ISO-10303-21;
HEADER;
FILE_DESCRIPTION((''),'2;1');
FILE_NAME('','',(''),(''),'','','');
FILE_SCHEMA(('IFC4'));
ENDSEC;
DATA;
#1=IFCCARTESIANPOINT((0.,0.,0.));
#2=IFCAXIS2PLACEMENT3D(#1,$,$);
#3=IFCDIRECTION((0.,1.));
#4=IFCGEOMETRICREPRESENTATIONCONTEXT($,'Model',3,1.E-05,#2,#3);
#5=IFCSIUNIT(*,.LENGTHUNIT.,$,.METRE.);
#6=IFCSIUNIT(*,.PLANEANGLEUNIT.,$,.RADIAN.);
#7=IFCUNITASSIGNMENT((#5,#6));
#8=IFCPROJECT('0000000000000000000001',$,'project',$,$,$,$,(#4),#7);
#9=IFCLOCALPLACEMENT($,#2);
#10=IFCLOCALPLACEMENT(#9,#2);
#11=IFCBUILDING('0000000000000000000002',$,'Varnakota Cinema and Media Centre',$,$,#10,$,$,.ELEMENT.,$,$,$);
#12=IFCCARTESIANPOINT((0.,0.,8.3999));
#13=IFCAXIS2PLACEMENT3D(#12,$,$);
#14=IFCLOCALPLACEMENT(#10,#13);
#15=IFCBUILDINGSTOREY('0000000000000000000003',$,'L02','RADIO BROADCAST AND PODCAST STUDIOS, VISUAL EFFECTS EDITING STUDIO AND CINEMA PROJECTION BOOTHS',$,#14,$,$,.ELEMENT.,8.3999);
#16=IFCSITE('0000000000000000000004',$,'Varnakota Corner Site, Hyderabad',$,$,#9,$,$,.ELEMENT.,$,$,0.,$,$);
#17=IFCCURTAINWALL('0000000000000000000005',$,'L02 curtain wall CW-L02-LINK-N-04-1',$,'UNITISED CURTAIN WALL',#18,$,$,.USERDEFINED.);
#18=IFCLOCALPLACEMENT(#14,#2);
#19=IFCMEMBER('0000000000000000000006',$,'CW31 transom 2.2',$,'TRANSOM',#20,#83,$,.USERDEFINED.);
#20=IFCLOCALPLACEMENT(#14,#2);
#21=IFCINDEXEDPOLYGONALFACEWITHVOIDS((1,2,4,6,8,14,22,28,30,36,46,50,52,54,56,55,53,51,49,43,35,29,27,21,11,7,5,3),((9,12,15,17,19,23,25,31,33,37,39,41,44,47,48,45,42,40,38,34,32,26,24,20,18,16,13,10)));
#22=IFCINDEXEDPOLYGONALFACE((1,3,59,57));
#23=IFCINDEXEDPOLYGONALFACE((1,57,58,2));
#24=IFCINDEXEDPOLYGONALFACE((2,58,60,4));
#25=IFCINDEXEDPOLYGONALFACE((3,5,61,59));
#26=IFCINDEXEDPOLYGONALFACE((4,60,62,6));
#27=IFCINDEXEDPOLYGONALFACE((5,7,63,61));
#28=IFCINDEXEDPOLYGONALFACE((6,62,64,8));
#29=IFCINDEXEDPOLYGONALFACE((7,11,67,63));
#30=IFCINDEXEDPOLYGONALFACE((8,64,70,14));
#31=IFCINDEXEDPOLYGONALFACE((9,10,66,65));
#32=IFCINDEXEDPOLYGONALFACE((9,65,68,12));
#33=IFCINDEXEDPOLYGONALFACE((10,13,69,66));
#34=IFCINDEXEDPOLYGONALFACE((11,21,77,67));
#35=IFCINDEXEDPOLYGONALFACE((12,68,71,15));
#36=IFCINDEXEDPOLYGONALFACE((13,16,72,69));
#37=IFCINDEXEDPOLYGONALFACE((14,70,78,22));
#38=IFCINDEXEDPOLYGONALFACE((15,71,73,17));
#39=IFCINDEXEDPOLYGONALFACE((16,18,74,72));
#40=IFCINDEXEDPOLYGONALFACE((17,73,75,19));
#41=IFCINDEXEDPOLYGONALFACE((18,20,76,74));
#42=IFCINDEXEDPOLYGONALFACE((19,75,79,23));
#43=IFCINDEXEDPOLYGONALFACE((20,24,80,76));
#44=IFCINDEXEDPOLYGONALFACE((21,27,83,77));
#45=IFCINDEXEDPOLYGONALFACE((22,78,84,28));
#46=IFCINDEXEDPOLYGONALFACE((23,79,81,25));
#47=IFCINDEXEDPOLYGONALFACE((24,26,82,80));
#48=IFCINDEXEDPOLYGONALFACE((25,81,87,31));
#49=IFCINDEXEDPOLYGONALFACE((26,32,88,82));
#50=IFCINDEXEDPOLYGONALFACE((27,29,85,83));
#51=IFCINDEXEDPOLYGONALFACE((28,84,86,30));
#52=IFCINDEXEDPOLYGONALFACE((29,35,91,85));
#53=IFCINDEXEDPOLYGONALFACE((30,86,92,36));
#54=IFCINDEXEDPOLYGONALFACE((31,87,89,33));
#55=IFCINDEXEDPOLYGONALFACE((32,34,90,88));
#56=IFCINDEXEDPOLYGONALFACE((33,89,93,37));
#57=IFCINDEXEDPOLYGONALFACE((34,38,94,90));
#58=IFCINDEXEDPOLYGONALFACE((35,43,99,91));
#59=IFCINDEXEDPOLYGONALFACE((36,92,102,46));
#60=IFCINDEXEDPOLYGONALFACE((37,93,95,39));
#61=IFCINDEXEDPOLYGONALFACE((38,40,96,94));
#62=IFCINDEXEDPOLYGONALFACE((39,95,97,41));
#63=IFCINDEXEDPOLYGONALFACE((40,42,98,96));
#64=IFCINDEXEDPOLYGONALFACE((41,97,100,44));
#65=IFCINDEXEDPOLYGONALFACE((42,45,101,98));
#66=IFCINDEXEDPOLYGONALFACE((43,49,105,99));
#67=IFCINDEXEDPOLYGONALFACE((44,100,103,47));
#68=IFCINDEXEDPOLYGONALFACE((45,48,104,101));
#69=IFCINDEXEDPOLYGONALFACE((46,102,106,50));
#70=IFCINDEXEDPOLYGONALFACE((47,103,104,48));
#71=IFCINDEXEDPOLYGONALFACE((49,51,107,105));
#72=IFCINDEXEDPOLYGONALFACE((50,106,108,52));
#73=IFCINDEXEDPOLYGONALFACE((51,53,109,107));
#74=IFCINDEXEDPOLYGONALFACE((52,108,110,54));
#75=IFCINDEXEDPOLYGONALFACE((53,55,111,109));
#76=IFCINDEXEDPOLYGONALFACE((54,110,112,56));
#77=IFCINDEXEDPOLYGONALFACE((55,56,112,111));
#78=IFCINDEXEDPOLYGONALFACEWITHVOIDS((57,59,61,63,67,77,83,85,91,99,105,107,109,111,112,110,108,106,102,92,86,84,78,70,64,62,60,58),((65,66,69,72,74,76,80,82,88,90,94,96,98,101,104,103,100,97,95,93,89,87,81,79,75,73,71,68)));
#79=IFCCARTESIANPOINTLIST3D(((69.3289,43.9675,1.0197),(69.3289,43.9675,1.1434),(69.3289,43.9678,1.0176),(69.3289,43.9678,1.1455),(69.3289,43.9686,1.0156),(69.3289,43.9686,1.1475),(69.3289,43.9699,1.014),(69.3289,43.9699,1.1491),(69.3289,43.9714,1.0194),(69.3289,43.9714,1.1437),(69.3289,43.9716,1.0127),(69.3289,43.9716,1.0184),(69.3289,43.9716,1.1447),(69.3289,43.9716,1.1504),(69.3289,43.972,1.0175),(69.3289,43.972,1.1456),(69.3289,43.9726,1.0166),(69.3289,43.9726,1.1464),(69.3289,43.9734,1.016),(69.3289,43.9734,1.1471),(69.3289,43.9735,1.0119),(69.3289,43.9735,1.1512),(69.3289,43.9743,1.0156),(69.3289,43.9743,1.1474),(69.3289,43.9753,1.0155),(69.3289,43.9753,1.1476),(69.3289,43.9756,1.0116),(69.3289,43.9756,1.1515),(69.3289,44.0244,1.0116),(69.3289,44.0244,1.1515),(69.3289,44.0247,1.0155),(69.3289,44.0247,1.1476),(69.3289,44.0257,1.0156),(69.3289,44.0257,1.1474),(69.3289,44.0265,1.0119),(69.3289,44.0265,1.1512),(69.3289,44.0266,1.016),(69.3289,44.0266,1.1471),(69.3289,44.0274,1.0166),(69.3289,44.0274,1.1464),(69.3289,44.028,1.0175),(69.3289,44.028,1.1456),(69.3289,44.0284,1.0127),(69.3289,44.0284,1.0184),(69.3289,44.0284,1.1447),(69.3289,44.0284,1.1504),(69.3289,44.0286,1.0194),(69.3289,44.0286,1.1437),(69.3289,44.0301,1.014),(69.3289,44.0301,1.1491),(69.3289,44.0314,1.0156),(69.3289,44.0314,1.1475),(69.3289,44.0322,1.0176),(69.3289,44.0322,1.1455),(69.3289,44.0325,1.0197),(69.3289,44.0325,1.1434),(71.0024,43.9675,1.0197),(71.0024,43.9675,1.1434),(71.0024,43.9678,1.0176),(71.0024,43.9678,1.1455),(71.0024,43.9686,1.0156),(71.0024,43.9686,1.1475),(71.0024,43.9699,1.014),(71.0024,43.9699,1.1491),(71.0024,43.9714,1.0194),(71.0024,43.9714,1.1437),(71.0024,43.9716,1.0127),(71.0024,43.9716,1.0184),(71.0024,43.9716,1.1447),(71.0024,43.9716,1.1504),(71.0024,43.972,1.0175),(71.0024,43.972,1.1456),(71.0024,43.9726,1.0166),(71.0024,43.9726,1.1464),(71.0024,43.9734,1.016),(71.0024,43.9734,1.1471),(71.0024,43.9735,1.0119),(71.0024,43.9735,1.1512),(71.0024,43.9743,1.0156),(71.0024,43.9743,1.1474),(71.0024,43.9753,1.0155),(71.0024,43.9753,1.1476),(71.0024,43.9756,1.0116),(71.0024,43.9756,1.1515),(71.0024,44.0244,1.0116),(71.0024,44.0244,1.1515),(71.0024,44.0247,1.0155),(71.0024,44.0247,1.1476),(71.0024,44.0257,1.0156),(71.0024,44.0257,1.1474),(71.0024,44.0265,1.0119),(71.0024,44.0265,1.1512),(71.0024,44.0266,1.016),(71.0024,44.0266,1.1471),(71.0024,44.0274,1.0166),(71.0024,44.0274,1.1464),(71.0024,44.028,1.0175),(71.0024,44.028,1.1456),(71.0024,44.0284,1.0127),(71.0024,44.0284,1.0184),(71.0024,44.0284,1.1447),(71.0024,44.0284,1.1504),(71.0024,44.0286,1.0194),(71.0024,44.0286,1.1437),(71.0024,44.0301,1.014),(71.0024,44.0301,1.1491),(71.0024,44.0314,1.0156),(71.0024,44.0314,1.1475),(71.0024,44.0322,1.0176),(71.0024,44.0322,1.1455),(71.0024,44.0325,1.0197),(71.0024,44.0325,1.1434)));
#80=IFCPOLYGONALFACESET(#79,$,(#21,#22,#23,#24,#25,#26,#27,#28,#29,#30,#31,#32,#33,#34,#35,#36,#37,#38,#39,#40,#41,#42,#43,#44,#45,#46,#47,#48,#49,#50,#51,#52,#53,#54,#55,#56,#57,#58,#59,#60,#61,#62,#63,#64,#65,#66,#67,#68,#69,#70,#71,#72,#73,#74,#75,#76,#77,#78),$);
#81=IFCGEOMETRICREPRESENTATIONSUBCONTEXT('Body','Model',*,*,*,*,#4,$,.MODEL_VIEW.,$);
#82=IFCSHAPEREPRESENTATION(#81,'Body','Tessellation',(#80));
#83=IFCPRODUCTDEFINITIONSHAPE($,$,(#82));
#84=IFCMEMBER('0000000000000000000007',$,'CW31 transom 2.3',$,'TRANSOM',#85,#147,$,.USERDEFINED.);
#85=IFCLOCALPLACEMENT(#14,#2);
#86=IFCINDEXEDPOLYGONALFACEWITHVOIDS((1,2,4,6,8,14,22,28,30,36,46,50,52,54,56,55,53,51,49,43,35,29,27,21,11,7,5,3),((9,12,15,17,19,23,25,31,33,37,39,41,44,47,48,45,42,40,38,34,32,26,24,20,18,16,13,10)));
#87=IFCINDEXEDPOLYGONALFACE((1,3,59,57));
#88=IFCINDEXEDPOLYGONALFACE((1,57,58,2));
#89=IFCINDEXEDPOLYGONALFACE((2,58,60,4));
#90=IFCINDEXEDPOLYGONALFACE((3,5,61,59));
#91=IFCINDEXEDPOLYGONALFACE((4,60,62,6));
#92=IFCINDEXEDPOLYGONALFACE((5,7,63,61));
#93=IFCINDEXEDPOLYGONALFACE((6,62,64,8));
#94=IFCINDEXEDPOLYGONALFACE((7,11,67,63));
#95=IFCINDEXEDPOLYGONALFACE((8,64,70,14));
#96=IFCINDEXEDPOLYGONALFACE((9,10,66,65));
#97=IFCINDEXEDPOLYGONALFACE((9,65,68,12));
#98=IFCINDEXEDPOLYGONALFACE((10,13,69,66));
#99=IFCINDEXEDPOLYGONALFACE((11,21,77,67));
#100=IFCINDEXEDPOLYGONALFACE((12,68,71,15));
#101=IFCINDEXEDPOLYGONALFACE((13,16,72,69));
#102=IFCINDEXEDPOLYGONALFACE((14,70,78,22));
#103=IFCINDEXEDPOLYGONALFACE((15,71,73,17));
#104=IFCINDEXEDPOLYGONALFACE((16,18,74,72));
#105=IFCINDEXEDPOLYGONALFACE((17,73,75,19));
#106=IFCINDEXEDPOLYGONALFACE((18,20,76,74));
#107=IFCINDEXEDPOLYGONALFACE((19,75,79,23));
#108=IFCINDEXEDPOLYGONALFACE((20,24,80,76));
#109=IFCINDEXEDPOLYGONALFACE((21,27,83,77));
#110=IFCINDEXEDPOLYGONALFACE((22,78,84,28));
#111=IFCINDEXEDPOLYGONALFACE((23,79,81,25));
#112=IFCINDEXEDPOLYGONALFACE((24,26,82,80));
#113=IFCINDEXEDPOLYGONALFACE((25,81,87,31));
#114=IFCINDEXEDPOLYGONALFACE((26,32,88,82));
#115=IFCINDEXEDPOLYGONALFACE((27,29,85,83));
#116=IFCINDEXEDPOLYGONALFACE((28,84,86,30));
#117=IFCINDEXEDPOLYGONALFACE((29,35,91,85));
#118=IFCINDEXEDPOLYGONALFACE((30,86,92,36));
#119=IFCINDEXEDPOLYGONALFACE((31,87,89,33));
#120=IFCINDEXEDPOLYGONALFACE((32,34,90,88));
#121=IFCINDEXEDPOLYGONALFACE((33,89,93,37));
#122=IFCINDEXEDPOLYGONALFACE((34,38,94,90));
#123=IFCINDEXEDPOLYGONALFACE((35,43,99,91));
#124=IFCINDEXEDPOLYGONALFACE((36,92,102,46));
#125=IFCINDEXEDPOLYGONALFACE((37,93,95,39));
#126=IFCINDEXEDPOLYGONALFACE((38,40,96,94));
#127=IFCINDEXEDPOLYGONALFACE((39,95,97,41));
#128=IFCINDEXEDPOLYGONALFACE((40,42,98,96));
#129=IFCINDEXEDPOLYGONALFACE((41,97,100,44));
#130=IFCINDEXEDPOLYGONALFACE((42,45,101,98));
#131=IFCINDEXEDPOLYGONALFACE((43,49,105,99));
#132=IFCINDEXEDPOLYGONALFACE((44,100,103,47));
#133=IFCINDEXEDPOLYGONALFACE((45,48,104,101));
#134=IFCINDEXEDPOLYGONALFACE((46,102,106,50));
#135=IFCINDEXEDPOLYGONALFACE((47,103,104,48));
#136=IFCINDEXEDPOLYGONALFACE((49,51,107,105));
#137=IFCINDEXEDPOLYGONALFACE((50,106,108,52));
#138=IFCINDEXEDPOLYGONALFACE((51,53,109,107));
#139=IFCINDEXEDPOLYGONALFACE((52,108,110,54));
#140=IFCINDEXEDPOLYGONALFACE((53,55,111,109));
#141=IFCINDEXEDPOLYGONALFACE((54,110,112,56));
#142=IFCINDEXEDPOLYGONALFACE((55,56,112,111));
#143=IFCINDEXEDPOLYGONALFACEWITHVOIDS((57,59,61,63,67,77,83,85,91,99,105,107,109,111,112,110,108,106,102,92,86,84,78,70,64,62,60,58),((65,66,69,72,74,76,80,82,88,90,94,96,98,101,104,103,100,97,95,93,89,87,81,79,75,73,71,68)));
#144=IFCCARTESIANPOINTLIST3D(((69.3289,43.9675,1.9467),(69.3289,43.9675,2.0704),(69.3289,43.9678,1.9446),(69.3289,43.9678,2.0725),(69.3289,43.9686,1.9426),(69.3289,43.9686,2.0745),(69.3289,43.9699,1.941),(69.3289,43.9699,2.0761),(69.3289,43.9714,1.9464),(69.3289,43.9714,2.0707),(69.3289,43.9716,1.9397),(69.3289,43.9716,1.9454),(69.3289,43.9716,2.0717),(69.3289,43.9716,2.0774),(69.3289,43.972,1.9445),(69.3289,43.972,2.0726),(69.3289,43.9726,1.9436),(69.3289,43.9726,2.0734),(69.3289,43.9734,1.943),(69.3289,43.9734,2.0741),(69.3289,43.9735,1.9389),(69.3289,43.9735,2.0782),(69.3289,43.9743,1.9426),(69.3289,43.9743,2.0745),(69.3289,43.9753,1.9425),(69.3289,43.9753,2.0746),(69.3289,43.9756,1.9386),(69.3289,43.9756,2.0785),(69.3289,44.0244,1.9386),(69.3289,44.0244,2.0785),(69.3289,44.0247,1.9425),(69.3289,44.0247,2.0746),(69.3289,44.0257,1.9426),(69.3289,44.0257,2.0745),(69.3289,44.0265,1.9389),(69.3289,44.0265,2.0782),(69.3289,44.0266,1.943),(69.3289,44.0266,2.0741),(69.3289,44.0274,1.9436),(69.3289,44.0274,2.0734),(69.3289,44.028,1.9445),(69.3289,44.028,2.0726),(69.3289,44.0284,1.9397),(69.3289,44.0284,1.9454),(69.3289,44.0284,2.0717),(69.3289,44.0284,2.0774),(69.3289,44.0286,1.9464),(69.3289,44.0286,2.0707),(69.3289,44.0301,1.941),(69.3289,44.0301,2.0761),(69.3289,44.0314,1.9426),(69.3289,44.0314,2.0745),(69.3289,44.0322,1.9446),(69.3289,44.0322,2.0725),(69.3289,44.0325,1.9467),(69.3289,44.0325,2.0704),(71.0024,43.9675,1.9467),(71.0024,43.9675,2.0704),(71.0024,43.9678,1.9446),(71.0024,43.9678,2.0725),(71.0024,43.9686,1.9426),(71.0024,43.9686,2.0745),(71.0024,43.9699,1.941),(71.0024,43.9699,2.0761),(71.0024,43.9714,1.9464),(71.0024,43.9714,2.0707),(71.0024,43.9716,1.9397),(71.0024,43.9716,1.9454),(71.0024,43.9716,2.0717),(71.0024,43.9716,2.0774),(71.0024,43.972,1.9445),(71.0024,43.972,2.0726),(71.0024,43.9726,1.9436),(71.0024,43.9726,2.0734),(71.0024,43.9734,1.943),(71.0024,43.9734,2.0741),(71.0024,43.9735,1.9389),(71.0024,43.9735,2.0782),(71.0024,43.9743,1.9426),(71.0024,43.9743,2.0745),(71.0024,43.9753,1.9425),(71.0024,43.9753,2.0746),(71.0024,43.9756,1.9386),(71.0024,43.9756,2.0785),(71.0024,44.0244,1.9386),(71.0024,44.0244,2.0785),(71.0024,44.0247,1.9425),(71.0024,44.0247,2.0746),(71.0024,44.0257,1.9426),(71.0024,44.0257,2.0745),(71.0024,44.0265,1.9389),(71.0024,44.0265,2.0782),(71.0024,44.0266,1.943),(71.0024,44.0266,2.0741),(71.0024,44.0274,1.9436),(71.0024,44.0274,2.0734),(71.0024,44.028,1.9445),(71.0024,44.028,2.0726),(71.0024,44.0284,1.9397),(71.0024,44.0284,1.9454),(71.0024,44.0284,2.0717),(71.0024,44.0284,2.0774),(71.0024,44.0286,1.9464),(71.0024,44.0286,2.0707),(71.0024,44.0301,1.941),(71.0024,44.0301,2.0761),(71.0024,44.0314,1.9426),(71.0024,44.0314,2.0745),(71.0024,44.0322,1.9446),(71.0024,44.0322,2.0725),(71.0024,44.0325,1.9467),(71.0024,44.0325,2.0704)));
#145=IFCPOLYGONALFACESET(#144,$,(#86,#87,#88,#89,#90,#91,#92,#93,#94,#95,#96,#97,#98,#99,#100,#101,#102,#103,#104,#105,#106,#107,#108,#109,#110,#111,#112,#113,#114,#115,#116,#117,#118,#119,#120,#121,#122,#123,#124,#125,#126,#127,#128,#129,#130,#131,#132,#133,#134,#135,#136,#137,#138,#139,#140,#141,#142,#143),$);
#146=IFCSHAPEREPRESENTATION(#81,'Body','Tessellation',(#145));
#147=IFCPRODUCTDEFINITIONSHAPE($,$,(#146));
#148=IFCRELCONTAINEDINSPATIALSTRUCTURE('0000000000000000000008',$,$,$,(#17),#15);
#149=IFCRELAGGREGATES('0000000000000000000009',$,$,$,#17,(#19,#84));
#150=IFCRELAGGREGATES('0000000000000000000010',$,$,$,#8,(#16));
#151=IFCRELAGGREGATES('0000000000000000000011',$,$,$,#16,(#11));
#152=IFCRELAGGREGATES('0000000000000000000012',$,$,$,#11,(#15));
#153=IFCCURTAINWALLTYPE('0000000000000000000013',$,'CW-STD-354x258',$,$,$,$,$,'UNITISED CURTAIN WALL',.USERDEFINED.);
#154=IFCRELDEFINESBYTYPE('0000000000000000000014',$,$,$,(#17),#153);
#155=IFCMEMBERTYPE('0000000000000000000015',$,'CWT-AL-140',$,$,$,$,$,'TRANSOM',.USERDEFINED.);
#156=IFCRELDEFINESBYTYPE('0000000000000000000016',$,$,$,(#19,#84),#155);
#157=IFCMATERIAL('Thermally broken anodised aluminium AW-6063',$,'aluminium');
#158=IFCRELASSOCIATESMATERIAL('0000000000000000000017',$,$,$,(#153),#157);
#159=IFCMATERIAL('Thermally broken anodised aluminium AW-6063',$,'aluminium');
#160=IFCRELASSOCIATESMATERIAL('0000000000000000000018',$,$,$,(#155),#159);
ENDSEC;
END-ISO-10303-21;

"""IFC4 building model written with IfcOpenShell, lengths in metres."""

from ifc_helpers import new_model, si_unit, direction, frame, origin, origin_2d, place, context, subcontext, project, spatial, hollow_rectangle, extrude, material, material_profile, profile_set, type_object, element, aggregate, save


model = new_model("IFC4")

# Units and contexts
model_context = context("Model", 3, precision=1e-05, world=origin(), true_north=direction((0.0, 1.0)))
body_context = subcontext(model_context, "Body", "Model", "MODEL_VIEW")
ifc_project = project(units=[si_unit("LENGTHUNIT", "METRE"), si_unit("PLANEANGLEUNIT", "RADIAN")], contexts=[model_context])

# Site, building, storey
site_placement = place(None, origin())
site = spatial("IfcSite", under=ifc_project, at=site_placement, Name="Varnakota Corner Site, Hyderabad", CompositionType="ELEMENT", RefElevation=0.0)
building_placement = place(site_placement, origin())
building = spatial("IfcBuilding", under=site, at=building_placement, Name="Varnakota Cinema and Media Centre", CompositionType="ELEMENT")
storey_placement = place(building_placement, frame((0.0, 0.0, 8.3999)))
storey = spatial("IfcBuildingStorey", under=building, at=storey_placement, Name="L02", Description="RADIO BROADCAST AND PODCAST STUDIOS, VISUAL EFFECTS EDITING STUDIO AND CINEMA PROJECTION BOOTHS", CompositionType="ELEMENT", Elevation=8.3999)

# Shared definitions
ifc_material_1 = material(Name="Thermally broken anodised aluminium AW-6063", Category="aluminium")
curtain_wall_type = type_object("IfcCurtainWallType", Name="CW-STD-354x258", ElementType="UNITISED CURTAIN WALL", PredefinedType="USERDEFINED", material=ifc_material_1)

# Curtain wall
curtain_wall_1_placement = place(storey_placement, origin())
curtain_wall_1 = element("IfcCurtainWall", 1, at=curtain_wall_1_placement, inside=storey, type_object=curtain_wall_type, Name="L02 curtain wall CW-L02-LINK-N-04-1", ObjectType="UNITISED CURTAIN WALL", PredefinedType="USERDEFINED")

# Members
ifc_material_2 = material(Name="Thermally broken anodised aluminium AW-6063", Category="aluminium")
ifc_material_profile_1 = material_profile(ifc_material_2, hollow_rectangle(XDim=0.0649, YDim=0.1399, WallThickness=0.0039, InnerFilletRadius=0.0039, OuterFilletRadius=0.0081, at=origin_2d()), Name="AL-TRANSOM 140x65x4")
ifc_profile_set_1 = profile_set([ifc_material_profile_1], Name="Thermally broken anodised aluminium AW-6063")
member_type_1 = type_object("IfcMemberType", Name="CWT-AL-140", ElementType="TRANSOM", PredefinedType="USERDEFINED", material=ifc_profile_set_1)
member_1_placement = place(storey_placement, frame((69.3289, 44.0, 1.0815), z_axis=(1.0, 0.0, 0.0), x_axis=(0.0, 1.0, 0.0)))
member_1 = element("IfcMember", 2, at=member_1_placement, type_object=member_type_1, Name="CW31 transom 2.2", ObjectType="TRANSOM", PredefinedType="USERDEFINED", context=body_context, shape_type="SweptSolid", body=[
    extrude(hollow_rectangle(XDim=0.0649, YDim=0.1399, WallThickness=0.0039, InnerFilletRadius=0.0039, OuterFilletRadius=0.0081, at=origin_2d()), origin(), (0.0, 0.0, 1.0), 1.6736),
])
member_2_placement = place(storey_placement, frame((69.3289, 44.0, 2.0085), z_axis=(1.0, 0.0, 0.0), x_axis=(0.0, 1.0, 0.0)))
member_2 = element("IfcMember", 3, at=member_2_placement, type_object=member_type_1, Name="CW31 transom 2.3", ObjectType="TRANSOM", PredefinedType="USERDEFINED", context=body_context, shape_type="SweptSolid", body=[
    extrude(hollow_rectangle(XDim=0.0649, YDim=0.1399, WallThickness=0.0039, InnerFilletRadius=0.0039, OuterFilletRadius=0.0081, at=origin_2d()), origin(), (0.0, 0.0, 1.0), 1.6736),
])

aggregate(curtain_wall_1, [member_1, member_2])

save(model, "model.ifc")
